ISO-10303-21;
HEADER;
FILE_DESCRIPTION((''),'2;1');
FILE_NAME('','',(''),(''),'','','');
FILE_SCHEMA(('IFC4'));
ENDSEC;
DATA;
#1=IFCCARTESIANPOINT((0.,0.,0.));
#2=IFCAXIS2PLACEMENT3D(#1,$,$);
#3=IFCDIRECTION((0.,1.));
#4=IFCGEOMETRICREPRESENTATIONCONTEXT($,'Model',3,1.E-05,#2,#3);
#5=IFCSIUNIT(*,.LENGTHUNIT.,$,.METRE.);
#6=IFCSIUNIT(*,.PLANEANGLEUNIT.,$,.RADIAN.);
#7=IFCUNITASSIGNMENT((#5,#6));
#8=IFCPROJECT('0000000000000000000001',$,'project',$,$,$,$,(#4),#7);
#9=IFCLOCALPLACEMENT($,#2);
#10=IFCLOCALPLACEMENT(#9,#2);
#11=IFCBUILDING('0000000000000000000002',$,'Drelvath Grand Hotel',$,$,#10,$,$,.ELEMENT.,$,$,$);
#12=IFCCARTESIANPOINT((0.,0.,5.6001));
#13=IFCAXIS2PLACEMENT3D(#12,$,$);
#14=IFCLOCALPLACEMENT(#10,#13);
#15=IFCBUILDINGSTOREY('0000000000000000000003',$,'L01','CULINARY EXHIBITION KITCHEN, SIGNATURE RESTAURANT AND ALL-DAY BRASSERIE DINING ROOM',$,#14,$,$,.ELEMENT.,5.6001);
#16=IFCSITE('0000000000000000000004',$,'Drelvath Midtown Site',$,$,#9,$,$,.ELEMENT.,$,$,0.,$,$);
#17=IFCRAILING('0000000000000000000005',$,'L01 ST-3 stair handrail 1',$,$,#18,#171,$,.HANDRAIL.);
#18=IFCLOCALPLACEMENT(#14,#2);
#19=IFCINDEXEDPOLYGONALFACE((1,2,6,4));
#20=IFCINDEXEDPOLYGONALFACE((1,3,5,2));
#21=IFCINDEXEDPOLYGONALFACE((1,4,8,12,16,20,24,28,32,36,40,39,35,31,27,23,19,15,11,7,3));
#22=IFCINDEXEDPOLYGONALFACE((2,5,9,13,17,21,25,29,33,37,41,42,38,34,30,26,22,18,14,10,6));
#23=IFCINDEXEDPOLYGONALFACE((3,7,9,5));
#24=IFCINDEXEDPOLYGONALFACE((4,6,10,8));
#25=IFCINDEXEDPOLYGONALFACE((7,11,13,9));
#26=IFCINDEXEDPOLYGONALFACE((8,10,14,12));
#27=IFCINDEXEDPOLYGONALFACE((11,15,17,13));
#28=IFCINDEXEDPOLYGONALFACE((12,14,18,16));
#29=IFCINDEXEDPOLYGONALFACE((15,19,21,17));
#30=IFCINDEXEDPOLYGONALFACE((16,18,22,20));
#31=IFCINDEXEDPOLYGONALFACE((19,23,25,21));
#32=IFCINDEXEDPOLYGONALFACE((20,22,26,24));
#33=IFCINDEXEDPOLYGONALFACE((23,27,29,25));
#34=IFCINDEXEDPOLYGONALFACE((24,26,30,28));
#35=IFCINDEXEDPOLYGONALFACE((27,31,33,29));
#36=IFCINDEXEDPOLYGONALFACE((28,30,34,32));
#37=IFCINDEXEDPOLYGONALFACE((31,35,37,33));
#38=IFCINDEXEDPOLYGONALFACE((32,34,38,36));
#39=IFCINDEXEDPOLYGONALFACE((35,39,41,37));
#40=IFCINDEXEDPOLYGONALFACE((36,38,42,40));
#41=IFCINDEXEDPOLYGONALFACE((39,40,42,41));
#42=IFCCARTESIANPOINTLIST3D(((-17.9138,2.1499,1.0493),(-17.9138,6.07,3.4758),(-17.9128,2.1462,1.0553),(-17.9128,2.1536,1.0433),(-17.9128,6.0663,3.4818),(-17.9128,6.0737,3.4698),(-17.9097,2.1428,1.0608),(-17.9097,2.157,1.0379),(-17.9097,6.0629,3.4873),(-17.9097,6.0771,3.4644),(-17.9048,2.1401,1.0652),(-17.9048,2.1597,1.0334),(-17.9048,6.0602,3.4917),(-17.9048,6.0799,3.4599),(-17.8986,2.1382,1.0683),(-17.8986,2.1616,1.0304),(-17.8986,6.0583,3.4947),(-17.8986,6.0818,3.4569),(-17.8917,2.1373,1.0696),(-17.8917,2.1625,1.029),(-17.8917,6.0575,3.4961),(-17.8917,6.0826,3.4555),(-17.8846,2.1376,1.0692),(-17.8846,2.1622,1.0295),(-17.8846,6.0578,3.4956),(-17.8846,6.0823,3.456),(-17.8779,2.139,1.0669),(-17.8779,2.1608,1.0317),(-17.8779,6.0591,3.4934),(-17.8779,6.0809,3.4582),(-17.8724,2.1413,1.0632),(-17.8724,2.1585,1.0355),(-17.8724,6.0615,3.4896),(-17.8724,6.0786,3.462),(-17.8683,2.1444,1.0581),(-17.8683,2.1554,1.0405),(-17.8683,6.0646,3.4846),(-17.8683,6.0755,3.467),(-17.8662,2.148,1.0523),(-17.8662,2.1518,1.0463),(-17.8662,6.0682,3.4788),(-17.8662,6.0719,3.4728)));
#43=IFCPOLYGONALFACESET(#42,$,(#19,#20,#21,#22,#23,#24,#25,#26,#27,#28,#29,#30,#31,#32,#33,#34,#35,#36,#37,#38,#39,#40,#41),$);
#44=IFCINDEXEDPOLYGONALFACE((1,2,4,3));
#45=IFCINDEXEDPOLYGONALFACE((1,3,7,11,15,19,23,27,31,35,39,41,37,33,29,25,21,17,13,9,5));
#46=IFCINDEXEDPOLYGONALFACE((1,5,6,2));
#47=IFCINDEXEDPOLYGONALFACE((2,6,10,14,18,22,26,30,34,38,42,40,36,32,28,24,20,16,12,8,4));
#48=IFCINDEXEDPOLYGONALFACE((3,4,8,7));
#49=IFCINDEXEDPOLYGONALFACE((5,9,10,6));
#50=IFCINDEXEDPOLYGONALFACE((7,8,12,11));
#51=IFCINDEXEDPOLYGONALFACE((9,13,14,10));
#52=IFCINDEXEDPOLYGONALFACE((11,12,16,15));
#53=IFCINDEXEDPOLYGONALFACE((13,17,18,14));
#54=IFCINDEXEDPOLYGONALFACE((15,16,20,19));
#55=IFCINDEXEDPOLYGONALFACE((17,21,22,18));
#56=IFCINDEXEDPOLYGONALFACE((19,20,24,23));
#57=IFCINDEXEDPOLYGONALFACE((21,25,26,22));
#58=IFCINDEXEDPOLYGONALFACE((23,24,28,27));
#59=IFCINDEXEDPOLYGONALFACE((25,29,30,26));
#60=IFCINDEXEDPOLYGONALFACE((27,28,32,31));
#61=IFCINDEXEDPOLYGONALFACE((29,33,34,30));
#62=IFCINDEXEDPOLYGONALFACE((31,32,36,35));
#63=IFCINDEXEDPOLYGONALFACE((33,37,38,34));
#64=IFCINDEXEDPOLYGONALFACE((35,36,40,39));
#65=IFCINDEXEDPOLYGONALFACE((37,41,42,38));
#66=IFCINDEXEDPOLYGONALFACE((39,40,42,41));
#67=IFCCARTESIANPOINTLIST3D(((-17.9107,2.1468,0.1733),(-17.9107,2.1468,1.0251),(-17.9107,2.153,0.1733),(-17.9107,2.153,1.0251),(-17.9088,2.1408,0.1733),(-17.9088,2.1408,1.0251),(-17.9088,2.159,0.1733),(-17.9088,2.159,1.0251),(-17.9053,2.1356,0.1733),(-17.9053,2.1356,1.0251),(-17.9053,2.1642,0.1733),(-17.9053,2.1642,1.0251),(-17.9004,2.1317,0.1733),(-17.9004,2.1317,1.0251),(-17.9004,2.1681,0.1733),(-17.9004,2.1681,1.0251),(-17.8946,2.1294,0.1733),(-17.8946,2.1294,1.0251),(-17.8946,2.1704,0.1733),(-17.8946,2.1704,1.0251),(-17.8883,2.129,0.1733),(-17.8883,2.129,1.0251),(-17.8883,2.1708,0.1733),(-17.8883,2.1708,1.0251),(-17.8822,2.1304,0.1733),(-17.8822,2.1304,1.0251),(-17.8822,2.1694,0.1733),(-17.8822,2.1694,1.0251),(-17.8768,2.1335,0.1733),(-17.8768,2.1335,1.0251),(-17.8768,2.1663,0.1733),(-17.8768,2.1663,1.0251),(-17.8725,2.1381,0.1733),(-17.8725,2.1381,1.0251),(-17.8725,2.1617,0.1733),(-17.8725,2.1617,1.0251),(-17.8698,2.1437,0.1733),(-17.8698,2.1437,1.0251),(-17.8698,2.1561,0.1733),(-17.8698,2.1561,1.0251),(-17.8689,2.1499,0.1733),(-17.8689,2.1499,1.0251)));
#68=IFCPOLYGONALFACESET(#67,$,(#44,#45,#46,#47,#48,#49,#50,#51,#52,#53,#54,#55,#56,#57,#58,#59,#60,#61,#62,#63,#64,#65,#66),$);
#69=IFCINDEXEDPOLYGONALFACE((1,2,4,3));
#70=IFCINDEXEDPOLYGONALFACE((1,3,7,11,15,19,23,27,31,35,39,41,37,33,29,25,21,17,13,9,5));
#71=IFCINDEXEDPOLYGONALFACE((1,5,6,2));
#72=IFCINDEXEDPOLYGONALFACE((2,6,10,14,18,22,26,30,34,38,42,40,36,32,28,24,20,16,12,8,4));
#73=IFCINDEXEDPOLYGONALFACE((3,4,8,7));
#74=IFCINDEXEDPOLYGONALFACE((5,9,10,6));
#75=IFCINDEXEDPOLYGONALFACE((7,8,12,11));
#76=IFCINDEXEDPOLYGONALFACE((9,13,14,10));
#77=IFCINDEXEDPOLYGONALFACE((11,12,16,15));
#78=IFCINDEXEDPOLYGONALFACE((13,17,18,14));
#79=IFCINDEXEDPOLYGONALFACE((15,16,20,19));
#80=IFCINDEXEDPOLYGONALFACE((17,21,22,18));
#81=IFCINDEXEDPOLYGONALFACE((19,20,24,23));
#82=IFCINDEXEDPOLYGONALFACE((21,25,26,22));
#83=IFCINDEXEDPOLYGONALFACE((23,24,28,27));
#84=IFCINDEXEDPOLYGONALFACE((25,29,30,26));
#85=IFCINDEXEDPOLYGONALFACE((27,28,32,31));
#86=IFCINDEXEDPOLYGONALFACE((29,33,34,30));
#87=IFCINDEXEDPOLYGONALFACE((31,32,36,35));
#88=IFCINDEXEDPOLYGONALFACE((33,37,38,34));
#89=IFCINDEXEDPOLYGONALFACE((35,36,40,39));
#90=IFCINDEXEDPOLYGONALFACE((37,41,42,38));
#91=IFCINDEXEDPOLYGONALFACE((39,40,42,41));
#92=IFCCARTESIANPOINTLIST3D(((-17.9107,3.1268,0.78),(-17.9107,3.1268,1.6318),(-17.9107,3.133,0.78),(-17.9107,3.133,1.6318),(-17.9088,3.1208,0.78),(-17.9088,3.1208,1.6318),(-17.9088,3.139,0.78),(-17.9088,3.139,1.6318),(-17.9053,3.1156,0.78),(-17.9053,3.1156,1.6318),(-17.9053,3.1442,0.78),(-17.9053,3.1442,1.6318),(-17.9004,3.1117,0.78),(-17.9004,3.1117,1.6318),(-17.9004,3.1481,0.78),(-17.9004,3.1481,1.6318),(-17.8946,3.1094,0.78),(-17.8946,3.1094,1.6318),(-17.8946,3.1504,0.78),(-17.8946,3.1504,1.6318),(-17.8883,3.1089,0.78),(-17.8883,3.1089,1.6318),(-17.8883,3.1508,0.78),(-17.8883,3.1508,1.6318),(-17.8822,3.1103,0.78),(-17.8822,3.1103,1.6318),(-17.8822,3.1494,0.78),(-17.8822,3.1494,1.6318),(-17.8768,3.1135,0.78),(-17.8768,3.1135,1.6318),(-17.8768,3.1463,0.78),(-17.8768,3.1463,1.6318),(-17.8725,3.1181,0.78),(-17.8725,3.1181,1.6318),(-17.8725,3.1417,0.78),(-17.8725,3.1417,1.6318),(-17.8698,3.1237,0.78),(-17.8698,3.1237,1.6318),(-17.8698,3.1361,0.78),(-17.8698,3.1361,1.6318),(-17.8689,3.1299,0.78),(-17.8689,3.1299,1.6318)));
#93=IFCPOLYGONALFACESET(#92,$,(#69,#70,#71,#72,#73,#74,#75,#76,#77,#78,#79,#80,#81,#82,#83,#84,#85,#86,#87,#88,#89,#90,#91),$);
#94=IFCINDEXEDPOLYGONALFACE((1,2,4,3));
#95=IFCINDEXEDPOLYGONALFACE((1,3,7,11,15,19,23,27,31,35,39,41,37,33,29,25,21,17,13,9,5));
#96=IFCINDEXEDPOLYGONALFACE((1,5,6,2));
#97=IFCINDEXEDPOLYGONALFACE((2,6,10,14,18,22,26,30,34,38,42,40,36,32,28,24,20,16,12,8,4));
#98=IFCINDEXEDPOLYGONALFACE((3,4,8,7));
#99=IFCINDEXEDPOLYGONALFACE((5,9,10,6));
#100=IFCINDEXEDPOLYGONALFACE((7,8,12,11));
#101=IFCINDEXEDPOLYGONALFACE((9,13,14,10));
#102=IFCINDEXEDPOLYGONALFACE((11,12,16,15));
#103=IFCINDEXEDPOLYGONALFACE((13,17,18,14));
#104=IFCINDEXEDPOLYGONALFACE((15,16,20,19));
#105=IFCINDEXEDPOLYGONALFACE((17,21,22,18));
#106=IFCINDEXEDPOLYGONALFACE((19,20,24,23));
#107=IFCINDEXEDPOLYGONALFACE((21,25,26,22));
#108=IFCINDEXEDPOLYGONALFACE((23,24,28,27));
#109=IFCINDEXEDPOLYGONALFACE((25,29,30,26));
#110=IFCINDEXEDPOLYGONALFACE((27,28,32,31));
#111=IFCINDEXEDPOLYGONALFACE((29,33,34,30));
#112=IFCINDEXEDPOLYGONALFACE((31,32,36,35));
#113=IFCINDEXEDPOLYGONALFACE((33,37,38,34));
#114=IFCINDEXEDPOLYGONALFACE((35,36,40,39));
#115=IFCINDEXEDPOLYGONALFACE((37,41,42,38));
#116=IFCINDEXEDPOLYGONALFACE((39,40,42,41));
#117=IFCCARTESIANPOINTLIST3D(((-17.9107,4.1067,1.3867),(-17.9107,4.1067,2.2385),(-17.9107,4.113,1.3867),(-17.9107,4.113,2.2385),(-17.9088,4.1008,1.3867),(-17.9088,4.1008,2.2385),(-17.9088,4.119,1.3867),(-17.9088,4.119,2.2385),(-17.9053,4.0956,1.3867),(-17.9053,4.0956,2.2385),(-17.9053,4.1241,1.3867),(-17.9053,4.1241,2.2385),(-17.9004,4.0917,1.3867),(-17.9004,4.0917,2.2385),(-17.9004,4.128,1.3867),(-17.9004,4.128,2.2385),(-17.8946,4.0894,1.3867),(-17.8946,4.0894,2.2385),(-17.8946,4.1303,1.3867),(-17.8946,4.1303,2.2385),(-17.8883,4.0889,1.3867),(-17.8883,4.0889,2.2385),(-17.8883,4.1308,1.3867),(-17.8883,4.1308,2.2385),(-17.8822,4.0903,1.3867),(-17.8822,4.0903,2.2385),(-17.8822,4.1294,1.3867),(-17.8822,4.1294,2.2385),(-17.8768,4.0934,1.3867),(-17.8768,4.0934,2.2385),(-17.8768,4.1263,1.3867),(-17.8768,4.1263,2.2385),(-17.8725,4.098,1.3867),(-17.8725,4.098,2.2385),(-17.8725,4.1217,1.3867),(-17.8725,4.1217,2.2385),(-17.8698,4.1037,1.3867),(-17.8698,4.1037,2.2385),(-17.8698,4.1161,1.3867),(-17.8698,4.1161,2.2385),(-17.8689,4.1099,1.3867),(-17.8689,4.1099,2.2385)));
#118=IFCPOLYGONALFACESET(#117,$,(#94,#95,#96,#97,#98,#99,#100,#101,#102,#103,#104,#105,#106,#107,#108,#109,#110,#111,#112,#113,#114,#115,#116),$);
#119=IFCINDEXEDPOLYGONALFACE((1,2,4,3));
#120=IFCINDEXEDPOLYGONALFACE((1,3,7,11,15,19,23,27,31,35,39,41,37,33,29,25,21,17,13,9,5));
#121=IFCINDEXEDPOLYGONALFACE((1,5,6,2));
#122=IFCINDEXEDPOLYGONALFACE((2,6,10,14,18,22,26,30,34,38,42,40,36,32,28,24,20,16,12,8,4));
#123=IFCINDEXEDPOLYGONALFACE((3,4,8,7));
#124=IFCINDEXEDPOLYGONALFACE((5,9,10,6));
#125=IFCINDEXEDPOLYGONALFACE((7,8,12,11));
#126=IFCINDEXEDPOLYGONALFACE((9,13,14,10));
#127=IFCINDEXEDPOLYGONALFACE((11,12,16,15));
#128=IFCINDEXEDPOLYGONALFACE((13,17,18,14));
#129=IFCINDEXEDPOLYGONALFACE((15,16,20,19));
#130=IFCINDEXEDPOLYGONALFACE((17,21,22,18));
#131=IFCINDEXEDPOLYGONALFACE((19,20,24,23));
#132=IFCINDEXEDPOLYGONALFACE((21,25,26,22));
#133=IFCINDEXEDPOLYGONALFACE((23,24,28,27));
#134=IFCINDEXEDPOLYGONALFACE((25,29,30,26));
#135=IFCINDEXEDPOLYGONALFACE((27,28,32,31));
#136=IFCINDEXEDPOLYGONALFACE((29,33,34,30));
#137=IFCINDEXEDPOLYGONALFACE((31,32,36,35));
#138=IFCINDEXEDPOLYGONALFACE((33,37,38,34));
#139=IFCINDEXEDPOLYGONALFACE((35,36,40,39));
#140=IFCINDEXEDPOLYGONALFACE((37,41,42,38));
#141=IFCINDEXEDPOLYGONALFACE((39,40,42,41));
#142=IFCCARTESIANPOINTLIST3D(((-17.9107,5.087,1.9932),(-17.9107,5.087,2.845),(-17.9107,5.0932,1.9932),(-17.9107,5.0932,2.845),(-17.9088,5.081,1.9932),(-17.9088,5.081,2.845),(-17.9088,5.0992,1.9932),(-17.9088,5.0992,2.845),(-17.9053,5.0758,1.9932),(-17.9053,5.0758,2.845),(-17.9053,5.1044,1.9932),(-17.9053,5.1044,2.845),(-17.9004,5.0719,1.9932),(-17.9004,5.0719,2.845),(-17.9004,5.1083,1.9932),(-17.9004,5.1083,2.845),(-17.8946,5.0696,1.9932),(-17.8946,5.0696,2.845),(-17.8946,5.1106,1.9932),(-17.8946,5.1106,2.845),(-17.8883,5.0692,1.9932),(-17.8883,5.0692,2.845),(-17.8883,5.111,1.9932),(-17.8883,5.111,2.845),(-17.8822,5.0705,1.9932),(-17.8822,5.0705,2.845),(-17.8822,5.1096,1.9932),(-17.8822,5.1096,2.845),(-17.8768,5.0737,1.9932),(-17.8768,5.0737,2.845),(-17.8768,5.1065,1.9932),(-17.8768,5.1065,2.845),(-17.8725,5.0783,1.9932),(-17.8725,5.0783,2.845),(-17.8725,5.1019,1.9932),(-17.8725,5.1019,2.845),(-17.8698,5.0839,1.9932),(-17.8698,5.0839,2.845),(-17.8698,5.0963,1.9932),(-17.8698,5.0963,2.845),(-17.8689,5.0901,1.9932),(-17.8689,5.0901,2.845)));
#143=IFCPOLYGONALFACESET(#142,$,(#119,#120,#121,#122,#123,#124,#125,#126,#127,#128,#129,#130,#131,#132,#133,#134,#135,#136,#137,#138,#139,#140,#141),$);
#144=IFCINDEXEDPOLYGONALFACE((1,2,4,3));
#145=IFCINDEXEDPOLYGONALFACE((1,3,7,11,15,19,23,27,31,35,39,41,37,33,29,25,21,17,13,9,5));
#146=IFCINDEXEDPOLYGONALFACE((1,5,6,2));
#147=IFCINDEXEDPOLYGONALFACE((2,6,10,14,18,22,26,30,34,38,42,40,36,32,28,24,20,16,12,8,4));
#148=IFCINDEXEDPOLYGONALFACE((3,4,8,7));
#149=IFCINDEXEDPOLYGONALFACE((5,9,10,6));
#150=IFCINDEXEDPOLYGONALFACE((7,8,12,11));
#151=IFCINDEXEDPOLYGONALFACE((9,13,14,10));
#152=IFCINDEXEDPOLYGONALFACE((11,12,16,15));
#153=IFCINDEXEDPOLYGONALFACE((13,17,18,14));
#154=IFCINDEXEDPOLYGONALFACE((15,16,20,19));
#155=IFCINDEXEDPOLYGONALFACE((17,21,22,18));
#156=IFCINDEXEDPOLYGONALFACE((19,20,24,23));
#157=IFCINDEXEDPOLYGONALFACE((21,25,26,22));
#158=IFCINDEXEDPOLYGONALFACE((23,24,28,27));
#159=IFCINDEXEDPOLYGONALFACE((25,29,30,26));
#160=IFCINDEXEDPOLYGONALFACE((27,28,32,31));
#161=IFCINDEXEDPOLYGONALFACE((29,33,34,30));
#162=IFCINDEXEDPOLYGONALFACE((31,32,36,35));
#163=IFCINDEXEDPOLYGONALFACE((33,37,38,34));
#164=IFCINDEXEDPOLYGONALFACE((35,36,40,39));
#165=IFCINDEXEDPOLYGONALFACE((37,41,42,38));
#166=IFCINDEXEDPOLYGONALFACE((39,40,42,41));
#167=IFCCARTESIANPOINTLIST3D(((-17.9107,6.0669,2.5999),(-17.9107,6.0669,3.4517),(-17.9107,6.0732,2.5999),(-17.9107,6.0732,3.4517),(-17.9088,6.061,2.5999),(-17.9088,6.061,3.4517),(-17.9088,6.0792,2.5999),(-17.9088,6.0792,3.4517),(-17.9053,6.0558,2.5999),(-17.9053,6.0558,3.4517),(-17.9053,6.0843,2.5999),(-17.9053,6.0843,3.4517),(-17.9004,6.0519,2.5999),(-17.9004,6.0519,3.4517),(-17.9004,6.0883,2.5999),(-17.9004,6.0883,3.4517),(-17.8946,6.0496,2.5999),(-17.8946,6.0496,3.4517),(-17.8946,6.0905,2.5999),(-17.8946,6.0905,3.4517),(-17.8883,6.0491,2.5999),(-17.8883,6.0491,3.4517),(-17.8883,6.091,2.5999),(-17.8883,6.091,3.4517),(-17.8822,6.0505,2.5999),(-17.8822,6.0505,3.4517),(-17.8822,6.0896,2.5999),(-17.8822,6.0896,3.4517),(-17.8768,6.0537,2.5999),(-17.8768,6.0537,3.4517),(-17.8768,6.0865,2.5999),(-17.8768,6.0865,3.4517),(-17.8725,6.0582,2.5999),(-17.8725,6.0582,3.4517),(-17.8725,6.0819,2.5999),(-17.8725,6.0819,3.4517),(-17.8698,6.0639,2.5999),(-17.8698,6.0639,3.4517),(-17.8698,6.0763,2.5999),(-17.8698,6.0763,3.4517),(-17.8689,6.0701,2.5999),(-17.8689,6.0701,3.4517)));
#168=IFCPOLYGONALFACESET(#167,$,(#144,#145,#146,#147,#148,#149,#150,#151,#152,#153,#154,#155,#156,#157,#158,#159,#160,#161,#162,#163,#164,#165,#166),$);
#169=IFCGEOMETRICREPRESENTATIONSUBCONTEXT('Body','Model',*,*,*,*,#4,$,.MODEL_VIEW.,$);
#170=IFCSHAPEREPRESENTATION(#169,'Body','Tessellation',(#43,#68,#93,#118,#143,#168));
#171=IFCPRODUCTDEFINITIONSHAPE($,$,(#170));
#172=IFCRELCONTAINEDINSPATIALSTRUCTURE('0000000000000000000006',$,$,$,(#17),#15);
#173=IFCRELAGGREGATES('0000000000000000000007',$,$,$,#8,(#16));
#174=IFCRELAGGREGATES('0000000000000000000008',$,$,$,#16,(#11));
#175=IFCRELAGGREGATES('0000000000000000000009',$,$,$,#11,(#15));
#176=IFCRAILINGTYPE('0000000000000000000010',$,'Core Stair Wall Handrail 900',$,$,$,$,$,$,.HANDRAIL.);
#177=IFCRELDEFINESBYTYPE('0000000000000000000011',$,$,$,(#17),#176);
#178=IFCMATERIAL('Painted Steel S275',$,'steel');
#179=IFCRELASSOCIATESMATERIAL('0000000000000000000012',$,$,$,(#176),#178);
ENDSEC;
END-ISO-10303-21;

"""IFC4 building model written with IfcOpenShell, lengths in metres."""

from ifc_helpers import new_model, si_unit, direction, frame, origin, origin_2d, place, context, subcontext, project, spatial, circle, extrude, material, type_object, element, save


model = new_model("IFC4")

# Units and contexts
model_context = context("Model", 3, precision=1e-05, world=origin(), true_north=direction((0.0, 1.0)))
body_context = subcontext(model_context, "Body", "Model", "MODEL_VIEW")
ifc_project = project(units=[si_unit("LENGTHUNIT", "METRE"), si_unit("PLANEANGLEUNIT", "RADIAN")], contexts=[model_context])

# Site, building, storey
site_placement = place(None, origin())
site = spatial("IfcSite", under=ifc_project, at=site_placement, Name="Drelvath Midtown Site", CompositionType="ELEMENT", RefElevation=0.0)
building_placement = place(site_placement, origin())
building = spatial("IfcBuilding", under=site, at=building_placement, Name="Drelvath Grand Hotel", CompositionType="ELEMENT")
storey_placement = place(building_placement, frame((0.0, 0.0, 5.6001)))
storey = spatial("IfcBuildingStorey", under=building, at=storey_placement, Name="L01", Description="CULINARY EXHIBITION KITCHEN, SIGNATURE RESTAURANT AND ALL-DAY BRASSERIE DINING ROOM", CompositionType="ELEMENT", Elevation=5.6001)

# Shared definitions
ifc_material_1 = material(Name="Painted Steel S275", Category="steel")

# Railing
railing_type_1 = type_object("IfcRailingType", Name="Core Stair Wall Handrail 900", PredefinedType="HANDRAIL", material=ifc_material_1)
railing_1_placement = place(storey_placement, frame((-17.8899, 2.1499, 0.1733)))
element("IfcRailing", 1, at=railing_1_placement, inside=storey, type_object=railing_type_1, Name="L01 ST-3 stair handrail 1", PredefinedType="HANDRAIL", context=body_context, shape_type="SweptSolid", body=[
    extrude(circle(Radius=0.0239, at=origin_2d()), frame((0.0, 0.0, 0.876), z_axis=(0.0, 0.85029, 0.526315), x_axis=(-1.0, 0.0, 0.0)), (0.0, 0.0, 1.0), 4.6104),
    extrude(circle(Radius=0.021, at=origin_2d()), origin(), (0.0, 0.0, 1.0), 0.8518),
    extrude(circle(Radius=0.021, at=origin_2d()), frame((0.0, 0.98, 0.6067)), (0.0, 0.0, 1.0), 0.8518),
    extrude(circle(Radius=0.021, at=origin_2d()), frame((0.0, 1.96, 1.2134)), (0.0, 0.0, 1.0), 0.8518),
    extrude(circle(Radius=0.021, at=origin_2d()), frame((0.0, 2.9402, 1.8198)), (0.0, 0.0, 1.0), 0.8518),
    extrude(circle(Radius=0.021, at=origin_2d()), frame((0.0, 3.9202, 2.4265)), (0.0, 0.0, 1.0), 0.8518),
])

save(model, "model.ifc")
